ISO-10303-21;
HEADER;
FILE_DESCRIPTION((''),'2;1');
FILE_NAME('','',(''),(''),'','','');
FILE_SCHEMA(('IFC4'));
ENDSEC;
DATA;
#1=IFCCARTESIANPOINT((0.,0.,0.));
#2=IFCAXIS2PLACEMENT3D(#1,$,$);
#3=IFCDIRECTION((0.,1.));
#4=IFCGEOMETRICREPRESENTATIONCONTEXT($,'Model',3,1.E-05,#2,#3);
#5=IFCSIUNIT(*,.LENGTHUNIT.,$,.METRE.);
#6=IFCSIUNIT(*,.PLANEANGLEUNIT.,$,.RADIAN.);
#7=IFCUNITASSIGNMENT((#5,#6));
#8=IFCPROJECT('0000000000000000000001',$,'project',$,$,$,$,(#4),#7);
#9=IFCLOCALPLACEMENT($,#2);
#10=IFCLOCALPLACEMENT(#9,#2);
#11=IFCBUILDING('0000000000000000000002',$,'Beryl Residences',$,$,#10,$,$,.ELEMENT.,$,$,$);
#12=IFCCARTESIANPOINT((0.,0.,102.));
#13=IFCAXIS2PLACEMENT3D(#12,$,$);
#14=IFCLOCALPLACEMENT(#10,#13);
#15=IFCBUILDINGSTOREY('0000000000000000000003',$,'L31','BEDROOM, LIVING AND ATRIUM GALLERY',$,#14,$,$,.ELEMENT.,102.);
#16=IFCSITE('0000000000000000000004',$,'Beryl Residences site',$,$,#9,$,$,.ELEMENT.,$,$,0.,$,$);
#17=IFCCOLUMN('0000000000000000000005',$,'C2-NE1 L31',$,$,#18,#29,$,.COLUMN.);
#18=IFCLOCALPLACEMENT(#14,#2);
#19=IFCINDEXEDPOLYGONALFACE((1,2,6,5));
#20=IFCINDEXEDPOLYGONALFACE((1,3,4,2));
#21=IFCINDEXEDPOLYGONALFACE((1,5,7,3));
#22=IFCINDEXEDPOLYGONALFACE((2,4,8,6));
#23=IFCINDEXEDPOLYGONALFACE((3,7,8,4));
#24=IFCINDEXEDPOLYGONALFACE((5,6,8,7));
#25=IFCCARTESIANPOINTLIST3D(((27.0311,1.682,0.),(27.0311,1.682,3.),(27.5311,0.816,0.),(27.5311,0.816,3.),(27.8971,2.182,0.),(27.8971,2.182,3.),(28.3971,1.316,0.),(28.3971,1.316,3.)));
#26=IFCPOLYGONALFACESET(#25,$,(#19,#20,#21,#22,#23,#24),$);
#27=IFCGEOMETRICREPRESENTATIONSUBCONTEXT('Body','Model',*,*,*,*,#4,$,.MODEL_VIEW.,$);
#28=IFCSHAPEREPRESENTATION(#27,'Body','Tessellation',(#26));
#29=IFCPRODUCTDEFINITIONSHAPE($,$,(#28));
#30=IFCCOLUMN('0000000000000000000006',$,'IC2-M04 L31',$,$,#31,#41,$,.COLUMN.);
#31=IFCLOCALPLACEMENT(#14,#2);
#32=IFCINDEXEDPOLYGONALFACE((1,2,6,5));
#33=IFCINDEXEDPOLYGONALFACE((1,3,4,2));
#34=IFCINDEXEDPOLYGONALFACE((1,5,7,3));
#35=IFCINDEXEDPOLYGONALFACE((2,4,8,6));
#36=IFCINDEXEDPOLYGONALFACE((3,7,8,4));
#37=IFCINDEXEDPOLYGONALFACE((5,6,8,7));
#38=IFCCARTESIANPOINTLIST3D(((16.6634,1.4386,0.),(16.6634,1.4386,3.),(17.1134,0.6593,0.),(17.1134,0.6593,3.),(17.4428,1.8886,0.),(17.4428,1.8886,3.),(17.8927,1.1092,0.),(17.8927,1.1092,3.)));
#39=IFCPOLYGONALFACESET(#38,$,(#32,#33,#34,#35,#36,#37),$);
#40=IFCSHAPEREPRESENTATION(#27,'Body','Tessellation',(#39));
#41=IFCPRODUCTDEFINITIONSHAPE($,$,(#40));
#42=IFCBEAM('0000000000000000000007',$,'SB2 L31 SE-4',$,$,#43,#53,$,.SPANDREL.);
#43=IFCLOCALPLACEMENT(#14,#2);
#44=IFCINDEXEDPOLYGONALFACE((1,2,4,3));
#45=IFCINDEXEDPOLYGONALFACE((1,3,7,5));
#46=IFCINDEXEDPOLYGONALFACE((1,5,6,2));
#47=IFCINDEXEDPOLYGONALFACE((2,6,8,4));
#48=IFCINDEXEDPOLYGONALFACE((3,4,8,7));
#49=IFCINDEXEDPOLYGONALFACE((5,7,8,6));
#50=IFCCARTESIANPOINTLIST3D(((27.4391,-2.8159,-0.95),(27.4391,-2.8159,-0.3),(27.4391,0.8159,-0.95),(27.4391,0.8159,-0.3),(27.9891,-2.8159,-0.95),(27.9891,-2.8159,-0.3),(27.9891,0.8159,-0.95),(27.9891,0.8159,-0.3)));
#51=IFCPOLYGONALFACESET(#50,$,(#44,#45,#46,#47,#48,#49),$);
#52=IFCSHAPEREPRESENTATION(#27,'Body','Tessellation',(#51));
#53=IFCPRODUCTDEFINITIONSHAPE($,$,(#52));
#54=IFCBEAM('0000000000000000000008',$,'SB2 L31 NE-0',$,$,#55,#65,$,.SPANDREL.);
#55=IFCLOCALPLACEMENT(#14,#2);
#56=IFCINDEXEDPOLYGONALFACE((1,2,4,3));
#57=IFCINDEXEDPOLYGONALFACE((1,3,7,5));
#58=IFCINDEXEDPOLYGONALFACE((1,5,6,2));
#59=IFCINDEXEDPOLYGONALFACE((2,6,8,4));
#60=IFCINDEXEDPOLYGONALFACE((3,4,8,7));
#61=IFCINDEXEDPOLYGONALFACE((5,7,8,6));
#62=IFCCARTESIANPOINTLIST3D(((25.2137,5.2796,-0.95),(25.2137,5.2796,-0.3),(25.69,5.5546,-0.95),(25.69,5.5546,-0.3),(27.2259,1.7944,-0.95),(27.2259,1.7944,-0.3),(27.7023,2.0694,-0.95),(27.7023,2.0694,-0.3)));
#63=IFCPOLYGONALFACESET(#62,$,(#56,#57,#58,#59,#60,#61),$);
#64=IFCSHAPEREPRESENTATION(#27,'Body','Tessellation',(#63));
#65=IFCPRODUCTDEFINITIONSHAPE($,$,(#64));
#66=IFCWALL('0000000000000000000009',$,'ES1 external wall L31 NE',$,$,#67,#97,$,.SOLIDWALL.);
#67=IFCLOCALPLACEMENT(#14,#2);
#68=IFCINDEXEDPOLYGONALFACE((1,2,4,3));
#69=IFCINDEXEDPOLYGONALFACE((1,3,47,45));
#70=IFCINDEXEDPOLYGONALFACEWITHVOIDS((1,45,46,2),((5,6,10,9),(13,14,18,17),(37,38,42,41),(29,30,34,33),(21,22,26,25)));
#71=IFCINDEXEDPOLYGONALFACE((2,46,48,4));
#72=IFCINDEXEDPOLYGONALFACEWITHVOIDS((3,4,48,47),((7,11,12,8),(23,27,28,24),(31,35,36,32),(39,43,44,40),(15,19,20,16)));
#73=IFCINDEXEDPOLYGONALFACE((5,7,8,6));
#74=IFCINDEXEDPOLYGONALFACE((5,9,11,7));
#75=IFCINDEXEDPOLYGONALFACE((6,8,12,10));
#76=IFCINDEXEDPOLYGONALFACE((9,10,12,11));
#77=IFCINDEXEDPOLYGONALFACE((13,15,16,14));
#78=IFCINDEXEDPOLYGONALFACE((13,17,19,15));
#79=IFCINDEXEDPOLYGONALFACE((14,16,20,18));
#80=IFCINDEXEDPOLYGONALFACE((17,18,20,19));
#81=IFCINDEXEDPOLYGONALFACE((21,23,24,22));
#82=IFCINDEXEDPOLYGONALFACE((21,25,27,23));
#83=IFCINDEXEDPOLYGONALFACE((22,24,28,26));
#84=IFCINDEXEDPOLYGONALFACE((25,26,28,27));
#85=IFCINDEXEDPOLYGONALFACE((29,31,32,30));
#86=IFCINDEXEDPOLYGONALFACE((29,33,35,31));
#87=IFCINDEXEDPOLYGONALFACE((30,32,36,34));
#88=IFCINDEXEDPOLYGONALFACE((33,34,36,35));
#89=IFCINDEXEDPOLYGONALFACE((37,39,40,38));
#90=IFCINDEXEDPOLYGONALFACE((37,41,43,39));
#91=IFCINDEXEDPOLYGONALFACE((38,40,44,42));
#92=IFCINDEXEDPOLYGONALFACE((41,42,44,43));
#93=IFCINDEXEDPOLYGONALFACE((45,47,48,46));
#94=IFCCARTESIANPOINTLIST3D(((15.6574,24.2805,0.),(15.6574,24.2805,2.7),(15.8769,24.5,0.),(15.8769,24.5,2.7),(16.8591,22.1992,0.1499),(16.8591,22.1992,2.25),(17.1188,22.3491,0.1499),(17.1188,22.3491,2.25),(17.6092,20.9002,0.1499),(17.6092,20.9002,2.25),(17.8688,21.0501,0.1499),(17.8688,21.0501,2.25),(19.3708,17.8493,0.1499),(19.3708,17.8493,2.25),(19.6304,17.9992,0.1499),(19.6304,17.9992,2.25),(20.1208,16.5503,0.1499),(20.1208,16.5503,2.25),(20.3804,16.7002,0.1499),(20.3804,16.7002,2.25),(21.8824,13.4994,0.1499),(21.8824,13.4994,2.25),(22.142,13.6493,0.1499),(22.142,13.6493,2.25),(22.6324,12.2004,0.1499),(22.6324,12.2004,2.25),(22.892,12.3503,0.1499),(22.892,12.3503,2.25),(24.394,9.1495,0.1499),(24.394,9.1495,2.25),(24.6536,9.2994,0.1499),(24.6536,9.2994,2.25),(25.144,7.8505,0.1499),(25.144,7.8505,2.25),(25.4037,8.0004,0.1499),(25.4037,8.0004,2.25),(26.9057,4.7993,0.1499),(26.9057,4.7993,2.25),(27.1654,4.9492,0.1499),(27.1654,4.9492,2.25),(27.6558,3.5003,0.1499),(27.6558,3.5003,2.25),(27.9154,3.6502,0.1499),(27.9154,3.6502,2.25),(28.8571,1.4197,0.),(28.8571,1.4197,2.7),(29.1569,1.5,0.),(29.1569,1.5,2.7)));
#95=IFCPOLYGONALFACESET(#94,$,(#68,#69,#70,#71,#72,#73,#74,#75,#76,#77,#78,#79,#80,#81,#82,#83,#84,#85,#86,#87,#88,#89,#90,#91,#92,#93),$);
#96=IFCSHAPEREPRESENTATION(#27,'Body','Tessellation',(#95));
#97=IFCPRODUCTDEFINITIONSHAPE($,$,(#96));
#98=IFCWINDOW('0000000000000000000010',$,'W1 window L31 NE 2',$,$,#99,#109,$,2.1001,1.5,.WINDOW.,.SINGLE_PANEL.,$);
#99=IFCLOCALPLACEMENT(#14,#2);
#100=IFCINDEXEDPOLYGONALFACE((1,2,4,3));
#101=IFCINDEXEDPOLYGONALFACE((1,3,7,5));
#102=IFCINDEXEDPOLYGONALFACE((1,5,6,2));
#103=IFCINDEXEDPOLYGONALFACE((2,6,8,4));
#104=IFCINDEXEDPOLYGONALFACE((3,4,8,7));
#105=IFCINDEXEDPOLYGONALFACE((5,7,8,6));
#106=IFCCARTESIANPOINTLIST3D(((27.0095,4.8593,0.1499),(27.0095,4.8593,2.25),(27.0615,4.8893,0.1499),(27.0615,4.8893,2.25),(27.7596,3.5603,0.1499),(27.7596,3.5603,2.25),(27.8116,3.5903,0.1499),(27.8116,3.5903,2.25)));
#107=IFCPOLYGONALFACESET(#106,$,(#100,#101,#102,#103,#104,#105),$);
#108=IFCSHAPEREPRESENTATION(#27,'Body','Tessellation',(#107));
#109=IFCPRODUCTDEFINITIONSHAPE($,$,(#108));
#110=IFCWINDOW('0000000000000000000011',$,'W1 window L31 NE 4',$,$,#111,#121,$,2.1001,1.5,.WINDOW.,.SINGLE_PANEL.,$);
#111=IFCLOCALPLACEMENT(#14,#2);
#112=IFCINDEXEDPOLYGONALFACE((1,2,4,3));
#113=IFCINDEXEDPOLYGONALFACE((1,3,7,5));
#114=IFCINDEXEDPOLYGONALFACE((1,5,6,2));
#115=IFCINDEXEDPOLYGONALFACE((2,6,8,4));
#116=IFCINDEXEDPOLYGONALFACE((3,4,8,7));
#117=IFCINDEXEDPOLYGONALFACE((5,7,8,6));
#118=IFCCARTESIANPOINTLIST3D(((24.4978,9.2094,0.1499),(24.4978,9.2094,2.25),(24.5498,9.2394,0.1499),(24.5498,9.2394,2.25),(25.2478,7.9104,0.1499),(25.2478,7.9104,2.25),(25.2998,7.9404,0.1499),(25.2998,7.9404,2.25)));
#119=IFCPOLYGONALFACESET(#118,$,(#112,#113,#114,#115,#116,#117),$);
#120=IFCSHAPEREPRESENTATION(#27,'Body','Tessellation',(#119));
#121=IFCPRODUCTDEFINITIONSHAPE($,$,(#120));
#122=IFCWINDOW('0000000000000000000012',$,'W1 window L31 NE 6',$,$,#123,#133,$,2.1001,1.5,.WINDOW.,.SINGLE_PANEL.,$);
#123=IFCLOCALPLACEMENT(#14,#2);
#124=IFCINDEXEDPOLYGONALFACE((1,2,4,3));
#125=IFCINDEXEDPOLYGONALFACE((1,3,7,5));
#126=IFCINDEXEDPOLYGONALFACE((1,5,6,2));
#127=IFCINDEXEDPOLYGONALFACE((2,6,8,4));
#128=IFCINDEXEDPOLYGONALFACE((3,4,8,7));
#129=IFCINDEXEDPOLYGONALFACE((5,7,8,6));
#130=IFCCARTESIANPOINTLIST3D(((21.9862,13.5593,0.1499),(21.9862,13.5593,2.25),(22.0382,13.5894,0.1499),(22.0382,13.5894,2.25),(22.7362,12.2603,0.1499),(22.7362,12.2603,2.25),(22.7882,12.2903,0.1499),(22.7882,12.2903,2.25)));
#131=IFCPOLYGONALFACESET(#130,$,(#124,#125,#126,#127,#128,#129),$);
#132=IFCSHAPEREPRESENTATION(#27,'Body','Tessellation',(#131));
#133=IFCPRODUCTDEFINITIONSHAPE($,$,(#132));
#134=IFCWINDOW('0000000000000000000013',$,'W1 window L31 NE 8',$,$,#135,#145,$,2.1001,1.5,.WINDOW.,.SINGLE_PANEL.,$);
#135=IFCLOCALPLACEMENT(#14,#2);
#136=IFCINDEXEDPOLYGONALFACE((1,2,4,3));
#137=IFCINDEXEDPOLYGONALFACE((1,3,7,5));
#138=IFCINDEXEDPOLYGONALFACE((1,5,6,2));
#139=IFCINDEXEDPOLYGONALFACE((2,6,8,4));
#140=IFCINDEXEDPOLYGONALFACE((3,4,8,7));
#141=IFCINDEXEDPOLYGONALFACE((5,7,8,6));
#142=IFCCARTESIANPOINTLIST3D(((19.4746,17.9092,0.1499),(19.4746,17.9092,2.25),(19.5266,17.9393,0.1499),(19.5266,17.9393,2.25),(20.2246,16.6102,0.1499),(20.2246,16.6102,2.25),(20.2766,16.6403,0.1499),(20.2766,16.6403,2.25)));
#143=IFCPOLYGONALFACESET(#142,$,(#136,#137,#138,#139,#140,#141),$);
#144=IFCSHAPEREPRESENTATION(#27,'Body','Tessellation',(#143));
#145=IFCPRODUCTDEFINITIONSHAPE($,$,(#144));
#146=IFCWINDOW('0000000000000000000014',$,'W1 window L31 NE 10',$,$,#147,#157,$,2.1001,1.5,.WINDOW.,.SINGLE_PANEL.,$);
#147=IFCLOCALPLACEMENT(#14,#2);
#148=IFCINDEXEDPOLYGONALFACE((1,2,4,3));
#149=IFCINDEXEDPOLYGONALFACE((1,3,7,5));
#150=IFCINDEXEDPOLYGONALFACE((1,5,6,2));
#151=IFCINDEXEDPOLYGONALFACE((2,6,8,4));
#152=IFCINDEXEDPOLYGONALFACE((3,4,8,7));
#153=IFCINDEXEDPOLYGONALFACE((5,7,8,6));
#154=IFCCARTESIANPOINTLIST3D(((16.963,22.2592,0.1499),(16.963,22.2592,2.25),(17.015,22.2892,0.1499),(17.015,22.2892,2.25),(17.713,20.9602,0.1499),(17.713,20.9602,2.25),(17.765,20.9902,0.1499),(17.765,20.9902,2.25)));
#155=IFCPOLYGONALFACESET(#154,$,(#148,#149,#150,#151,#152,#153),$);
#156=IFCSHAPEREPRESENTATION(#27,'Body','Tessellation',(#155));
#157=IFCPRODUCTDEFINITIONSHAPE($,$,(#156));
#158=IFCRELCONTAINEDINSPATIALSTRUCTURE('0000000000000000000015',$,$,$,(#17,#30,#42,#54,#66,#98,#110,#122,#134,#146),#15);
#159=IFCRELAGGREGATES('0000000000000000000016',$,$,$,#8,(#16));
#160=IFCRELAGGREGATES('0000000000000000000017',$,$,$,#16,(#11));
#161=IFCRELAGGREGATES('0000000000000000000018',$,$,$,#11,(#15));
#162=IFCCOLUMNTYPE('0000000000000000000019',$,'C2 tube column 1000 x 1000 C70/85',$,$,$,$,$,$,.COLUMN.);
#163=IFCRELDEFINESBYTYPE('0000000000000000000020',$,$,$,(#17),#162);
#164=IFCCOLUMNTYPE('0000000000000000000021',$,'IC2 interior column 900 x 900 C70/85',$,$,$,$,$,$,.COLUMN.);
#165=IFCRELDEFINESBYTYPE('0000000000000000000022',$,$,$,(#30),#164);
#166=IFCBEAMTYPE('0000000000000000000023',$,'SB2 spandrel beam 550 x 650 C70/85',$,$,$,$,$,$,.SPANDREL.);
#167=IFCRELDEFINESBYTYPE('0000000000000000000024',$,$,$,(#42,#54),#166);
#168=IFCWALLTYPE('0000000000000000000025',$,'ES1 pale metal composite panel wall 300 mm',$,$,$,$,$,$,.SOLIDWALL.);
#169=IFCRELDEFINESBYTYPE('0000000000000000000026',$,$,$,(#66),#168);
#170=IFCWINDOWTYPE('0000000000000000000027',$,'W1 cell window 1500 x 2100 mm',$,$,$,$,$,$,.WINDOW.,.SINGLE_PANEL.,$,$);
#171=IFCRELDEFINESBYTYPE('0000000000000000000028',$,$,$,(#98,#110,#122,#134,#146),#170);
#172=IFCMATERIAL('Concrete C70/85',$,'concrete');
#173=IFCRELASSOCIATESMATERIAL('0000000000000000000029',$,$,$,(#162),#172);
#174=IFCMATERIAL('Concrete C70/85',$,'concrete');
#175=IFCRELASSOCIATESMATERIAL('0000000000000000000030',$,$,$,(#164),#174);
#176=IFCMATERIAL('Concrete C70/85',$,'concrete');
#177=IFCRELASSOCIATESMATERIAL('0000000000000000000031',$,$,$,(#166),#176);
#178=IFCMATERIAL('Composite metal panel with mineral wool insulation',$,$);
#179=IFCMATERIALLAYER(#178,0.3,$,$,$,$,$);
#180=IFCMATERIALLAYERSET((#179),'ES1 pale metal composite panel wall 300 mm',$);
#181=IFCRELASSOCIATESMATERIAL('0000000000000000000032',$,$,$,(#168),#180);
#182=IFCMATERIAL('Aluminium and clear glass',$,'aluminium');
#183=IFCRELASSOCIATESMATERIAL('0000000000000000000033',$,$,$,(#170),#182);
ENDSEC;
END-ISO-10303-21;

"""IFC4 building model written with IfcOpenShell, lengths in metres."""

from ifc_helpers import new_model, si_unit, direction, frame, frame_2d, origin, origin_2d, place, context, subcontext, project, spatial, polyline, rectangle, outline, extrude, material, layer, layer_set, material_profile, profile_set, type_object, element, fill, save


model = new_model("IFC4")

# Units and contexts
model_context = context("Model", 3, precision=1e-05, world=origin(), true_north=direction((0.0, 1.0)))
body_context = subcontext(model_context, "Body", "Model", "MODEL_VIEW")
ifc_project = project(units=[si_unit("LENGTHUNIT", "METRE"), si_unit("PLANEANGLEUNIT", "RADIAN")], contexts=[model_context])

# Site, building, storey
site_placement = place(None, origin())
site = spatial("IfcSite", under=ifc_project, at=site_placement, Name="Beryl Residences site", CompositionType="ELEMENT", RefElevation=0.0)
building_placement = place(site_placement, origin())
building = spatial("IfcBuilding", under=site, at=building_placement, Name="Beryl Residences", CompositionType="ELEMENT")
storey_placement = place(building_placement, frame((0.0, 0.0, 102.0)))
storey = spatial("IfcBuildingStorey", under=building, at=storey_placement, Name="L31", Description="BEDROOM, LIVING AND ATRIUM GALLERY", CompositionType="ELEMENT", Elevation=102.0)

# Columns
ifc_material_1 = material(Name="Concrete C70/85", Category="concrete")
ifc_material_profile_1 = material_profile(ifc_material_1, rectangle(XDim=1.0, YDim=1.0, at=origin_2d()))
ifc_profile_set_1 = profile_set([ifc_material_profile_1], Name="Concrete C70/85")
column_type_1 = type_object("IfcColumnType", Name="C2 tube column 1000 x 1000 C70/85", PredefinedType="COLUMN", material=ifc_profile_set_1)
column_1_placement = place(storey_placement, frame((27.7141, 1.499, 0.0), z_axis=(0.0, 0.0, 1.0), x_axis=(-0.5, 0.866025, 0.0)))
element("IfcColumn", 1, at=column_1_placement, inside=storey, type_object=column_type_1, Name="C2-NE1 L31", PredefinedType="COLUMN", context=body_context, shape_type="SweptSolid", body=[
    extrude(rectangle(XDim=1.0, YDim=1.0, at=origin_2d()), origin(), (0.0, 0.0, 1.0), 3.0),
])
ifc_material_2 = material(Name="Concrete C70/85", Category="concrete")
ifc_material_profile_2 = material_profile(ifc_material_2, rectangle(XDim=0.8999, YDim=0.8999, at=origin_2d()))
ifc_profile_set_2 = profile_set([ifc_material_profile_2], Name="Concrete C70/85")
column_type_2 = type_object("IfcColumnType", Name="IC2 interior column 900 x 900 C70/85", PredefinedType="COLUMN", material=ifc_profile_set_2)
column_2_placement = place(storey_placement, frame((17.2781, 1.2739, 0.0), z_axis=(0.0, 0.0, 1.0), x_axis=(-0.5, 0.866025, 0.0)))
element("IfcColumn", 2, at=column_2_placement, inside=storey, type_object=column_type_2, Name="IC2-M04 L31", PredefinedType="COLUMN", context=body_context, shape_type="SweptSolid", body=[
    extrude(rectangle(XDim=0.8999, YDim=0.8999, at=origin_2d()), origin(), (0.0, 0.0, 1.0), 3.0),
])

# Beams
ifc_material_3 = material(Name="Concrete C70/85", Category="concrete")
ifc_material_profile_3 = material_profile(ifc_material_3, rectangle(XDim=0.55, YDim=0.6499, at=origin_2d()))
ifc_profile_set_3 = profile_set([ifc_material_profile_3], Name="Concrete C70/85")
beam_type = type_object("IfcBeamType", Name="SB2 spandrel beam 550 x 650 C70/85", PredefinedType="SPANDREL", material=ifc_profile_set_3)
beam_1_placement = place(storey_placement, frame((27.7141, -2.8159, -0.625), z_axis=(0.0, 1.0, 0.0), x_axis=(-1.0, 0.0, 0.0)))
element("IfcBeam", 3, at=beam_1_placement, inside=storey, type_object=beam_type, Name="SB2 L31 SE-4", PredefinedType="SPANDREL", context=body_context, shape_type="SweptSolid", body=[
    extrude(rectangle(XDim=0.55, YDim=0.6499, at=origin_2d()), origin(), (0.0, 0.0, 1.0), 3.6318),
])
beam_2_placement = place(storey_placement, frame((27.4641, 1.9319, -0.625), z_axis=(-0.500015, 0.866017, 0.0), x_axis=(-0.866017, -0.500015, 0.0)))
element("IfcBeam", 4, at=beam_2_placement, inside=storey, type_object=beam_type, Name="SB2 L31 NE-0", PredefinedType="SPANDREL", context=body_context, shape_type="SweptSolid", body=[
    extrude(rectangle(XDim=0.55, YDim=0.6499, at=origin_2d()), origin(), (0.0, 0.0, 1.0), 4.0244),
])

# Wall, openings, windows
ifc_material_4 = material(Name="Composite metal panel with mineral wool insulation")
ifc_layer_1 = layer(ifc_material_4, 0.3)
ifc_layer_set_1 = layer_set([ifc_layer_1], Name="ES1 pale metal composite panel wall 300 mm")
wall_type_1 = type_object("IfcWallType", Name="ES1 pale metal composite panel wall 300 mm", PredefinedType="SOLIDWALL", material=ifc_layer_set_1)
wall_1_placement = place(storey_placement, frame((29.0271, 1.425, 0.0), z_axis=(0.0, 0.0, 1.0), x_axis=(-0.500027, 0.86601, 0.0)))
wall_1 = element("IfcWall", 5, at=wall_1_placement, inside=storey, type_object=wall_type_1, Name="ES1 external wall L31 NE", PredefinedType="SOLIDWALL", context=body_context, shape_type="SweptSolid", body=[
    extrude(outline(polyline([(0.0, -0.1499), (26.5586, -0.1499), (26.4783, 0.1499), (0.0803, 0.1499), (0.0, -0.1499)])), origin(), (0.0, 0.0, 1.0), 2.7),
])
opening_1_placement = place(wall_1_placement, frame((2.4829, 0.0, 0.1499)))
opening_1 = element("IfcOpeningElement", 6, at=opening_1_placement, cuts=wall_1, PredefinedType="OPENING", context=body_context, shape_type="SweptSolid", body=[
    extrude(rectangle(XDim=1.5, YDim=2.1001, at=frame_2d((0.75, 1.05))), frame((0.0, 0.1599, 0.0), z_axis=(0.0, -1.0, 0.0), x_axis=(1.0, 0.0, 0.0)), (0.0, 0.0, 1.0), 0.3201),
])
opening_2_placement = place(wall_1_placement, frame((7.5061, 0.0, 0.1499)))
opening_2 = element("IfcOpeningElement", 7, at=opening_2_placement, cuts=wall_1, PredefinedType="OPENING", context=body_context, shape_type="SweptSolid", body=[
    extrude(rectangle(XDim=1.5, YDim=2.1001, at=frame_2d((0.75, 1.05))), frame((0.0, 0.1599, 0.0), z_axis=(0.0, -1.0, 0.0), x_axis=(1.0, 0.0, 0.0)), (0.0, 0.0, 1.0), 0.3201),
])
opening_3_placement = place(wall_1_placement, frame((12.5291, 0.0, 0.1499)))
opening_3 = element("IfcOpeningElement", 8, at=opening_3_placement, cuts=wall_1, PredefinedType="OPENING", context=body_context, shape_type="SweptSolid", body=[
    extrude(rectangle(XDim=1.5, YDim=2.1001, at=frame_2d((0.75, 1.05))), frame((0.0, 0.1599, 0.0), z_axis=(0.0, -1.0, 0.0), x_axis=(1.0, 0.0, 0.0)), (0.0, 0.0, 1.0), 0.3201),
])
opening_4_placement = place(wall_1_placement, frame((17.552, 0.0, 0.1499)))
opening_4 = element("IfcOpeningElement", 9, at=opening_4_placement, cuts=wall_1, PredefinedType="OPENING", context=body_context, shape_type="SweptSolid", body=[
    extrude(rectangle(XDim=1.5, YDim=2.1001, at=frame_2d((0.75, 1.05))), frame((0.0, 0.1599, 0.0), z_axis=(0.0, -1.0, 0.0), x_axis=(1.0, 0.0, 0.0)), (0.0, 0.0, 1.0), 0.3201),
])
opening_5_placement = place(wall_1_placement, frame((22.575, 0.0, 0.1499)))
opening_5 = element("IfcOpeningElement", 10, at=opening_5_placement, cuts=wall_1, PredefinedType="OPENING", context=body_context, shape_type="SweptSolid", body=[
    extrude(rectangle(XDim=1.5, YDim=2.1001, at=frame_2d((0.75, 1.05))), frame((0.0, 0.1599, 0.0), z_axis=(0.0, -1.0, 0.0), x_axis=(1.0, 0.0, 0.0)), (0.0, 0.0, 1.0), 0.3201),
])
ifc_material_5 = material(Name="Aluminium and clear glass", Category="aluminium")
window_type = type_object("IfcWindowType", Name="W1 cell window 1500 x 2100 mm", PartitioningType="SINGLE_PANEL", PredefinedType="WINDOW", material=ifc_material_5)
window_1_placement = place(opening_1_placement, origin())
window_1 = element("IfcWindow", 11, at=window_1_placement, inside=storey, type_object=window_type, Name="W1 window L31 NE 2", OverallHeight=2.1001, OverallWidth=1.5, PartitioningType="SINGLE_PANEL", PredefinedType="WINDOW", context=body_context, shape_type="SweptSolid", body=[
    extrude(rectangle(XDim=1.5, YDim=2.1001, at=frame_2d((0.75, 1.05))), frame((0.0, 0.03, 0.0), z_axis=(0.0, -1.0, 0.0), x_axis=(1.0, 0.0, 0.0)), (0.0, 0.0, 1.0), 0.0601),
])
fill(opening_1, window_1)
window_2_placement = place(opening_2_placement, origin())
window_2 = element("IfcWindow", 12, at=window_2_placement, inside=storey, type_object=window_type, Name="W1 window L31 NE 4", OverallHeight=2.1001, OverallWidth=1.5, PartitioningType="SINGLE_PANEL", PredefinedType="WINDOW", context=body_context, shape_type="SweptSolid", body=[
    extrude(rectangle(XDim=1.5, YDim=2.1001, at=frame_2d((0.75, 1.05))), frame((0.0, 0.03, 0.0), z_axis=(0.0, -1.0, 0.0), x_axis=(1.0, 0.0, 0.0)), (0.0, 0.0, 1.0), 0.0601),
])
fill(opening_2, window_2)
window_3_placement = place(opening_3_placement, origin())
window_3 = element("IfcWindow", 13, at=window_3_placement, inside=storey, type_object=window_type, Name="W1 window L31 NE 6", OverallHeight=2.1001, OverallWidth=1.5, PartitioningType="SINGLE_PANEL", PredefinedType="WINDOW", context=body_context, shape_type="SweptSolid", body=[
    extrude(rectangle(XDim=1.5, YDim=2.1001, at=frame_2d((0.75, 1.05))), frame((0.0, 0.03, 0.0), z_axis=(0.0, -1.0, 0.0), x_axis=(1.0, 0.0, 0.0)), (0.0, 0.0, 1.0), 0.0601),
])
fill(opening_3, window_3)
window_4_placement = place(opening_4_placement, origin())
window_4 = element("IfcWindow", 14, at=window_4_placement, inside=storey, type_object=window_type, Name="W1 window L31 NE 8", OverallHeight=2.1001, OverallWidth=1.5, PartitioningType="SINGLE_PANEL", PredefinedType="WINDOW", context=body_context, shape_type="SweptSolid", body=[
    extrude(rectangle(XDim=1.5, YDim=2.1001, at=frame_2d((0.75, 1.05))), frame((0.0, 0.03, 0.0), z_axis=(0.0, -1.0, 0.0), x_axis=(1.0, 0.0, 0.0)), (0.0, 0.0, 1.0), 0.0601),
])
fill(opening_4, window_4)
window_5_placement = place(opening_5_placement, origin())
window_5 = element("IfcWindow", 15, at=window_5_placement, inside=storey, type_object=window_type, Name="W1 window L31 NE 10", OverallHeight=2.1001, OverallWidth=1.5, PartitioningType="SINGLE_PANEL", PredefinedType="WINDOW", context=body_context, shape_type="SweptSolid", body=[
    extrude(rectangle(XDim=1.5, YDim=2.1001, at=frame_2d((0.75, 1.05))), frame((0.0, 0.03, 0.0), z_axis=(0.0, -1.0, 0.0), x_axis=(1.0, 0.0, 0.0)), (0.0, 0.0, 1.0), 0.0601),
])
fill(opening_5, window_5)

save(model, "model.ifc")
